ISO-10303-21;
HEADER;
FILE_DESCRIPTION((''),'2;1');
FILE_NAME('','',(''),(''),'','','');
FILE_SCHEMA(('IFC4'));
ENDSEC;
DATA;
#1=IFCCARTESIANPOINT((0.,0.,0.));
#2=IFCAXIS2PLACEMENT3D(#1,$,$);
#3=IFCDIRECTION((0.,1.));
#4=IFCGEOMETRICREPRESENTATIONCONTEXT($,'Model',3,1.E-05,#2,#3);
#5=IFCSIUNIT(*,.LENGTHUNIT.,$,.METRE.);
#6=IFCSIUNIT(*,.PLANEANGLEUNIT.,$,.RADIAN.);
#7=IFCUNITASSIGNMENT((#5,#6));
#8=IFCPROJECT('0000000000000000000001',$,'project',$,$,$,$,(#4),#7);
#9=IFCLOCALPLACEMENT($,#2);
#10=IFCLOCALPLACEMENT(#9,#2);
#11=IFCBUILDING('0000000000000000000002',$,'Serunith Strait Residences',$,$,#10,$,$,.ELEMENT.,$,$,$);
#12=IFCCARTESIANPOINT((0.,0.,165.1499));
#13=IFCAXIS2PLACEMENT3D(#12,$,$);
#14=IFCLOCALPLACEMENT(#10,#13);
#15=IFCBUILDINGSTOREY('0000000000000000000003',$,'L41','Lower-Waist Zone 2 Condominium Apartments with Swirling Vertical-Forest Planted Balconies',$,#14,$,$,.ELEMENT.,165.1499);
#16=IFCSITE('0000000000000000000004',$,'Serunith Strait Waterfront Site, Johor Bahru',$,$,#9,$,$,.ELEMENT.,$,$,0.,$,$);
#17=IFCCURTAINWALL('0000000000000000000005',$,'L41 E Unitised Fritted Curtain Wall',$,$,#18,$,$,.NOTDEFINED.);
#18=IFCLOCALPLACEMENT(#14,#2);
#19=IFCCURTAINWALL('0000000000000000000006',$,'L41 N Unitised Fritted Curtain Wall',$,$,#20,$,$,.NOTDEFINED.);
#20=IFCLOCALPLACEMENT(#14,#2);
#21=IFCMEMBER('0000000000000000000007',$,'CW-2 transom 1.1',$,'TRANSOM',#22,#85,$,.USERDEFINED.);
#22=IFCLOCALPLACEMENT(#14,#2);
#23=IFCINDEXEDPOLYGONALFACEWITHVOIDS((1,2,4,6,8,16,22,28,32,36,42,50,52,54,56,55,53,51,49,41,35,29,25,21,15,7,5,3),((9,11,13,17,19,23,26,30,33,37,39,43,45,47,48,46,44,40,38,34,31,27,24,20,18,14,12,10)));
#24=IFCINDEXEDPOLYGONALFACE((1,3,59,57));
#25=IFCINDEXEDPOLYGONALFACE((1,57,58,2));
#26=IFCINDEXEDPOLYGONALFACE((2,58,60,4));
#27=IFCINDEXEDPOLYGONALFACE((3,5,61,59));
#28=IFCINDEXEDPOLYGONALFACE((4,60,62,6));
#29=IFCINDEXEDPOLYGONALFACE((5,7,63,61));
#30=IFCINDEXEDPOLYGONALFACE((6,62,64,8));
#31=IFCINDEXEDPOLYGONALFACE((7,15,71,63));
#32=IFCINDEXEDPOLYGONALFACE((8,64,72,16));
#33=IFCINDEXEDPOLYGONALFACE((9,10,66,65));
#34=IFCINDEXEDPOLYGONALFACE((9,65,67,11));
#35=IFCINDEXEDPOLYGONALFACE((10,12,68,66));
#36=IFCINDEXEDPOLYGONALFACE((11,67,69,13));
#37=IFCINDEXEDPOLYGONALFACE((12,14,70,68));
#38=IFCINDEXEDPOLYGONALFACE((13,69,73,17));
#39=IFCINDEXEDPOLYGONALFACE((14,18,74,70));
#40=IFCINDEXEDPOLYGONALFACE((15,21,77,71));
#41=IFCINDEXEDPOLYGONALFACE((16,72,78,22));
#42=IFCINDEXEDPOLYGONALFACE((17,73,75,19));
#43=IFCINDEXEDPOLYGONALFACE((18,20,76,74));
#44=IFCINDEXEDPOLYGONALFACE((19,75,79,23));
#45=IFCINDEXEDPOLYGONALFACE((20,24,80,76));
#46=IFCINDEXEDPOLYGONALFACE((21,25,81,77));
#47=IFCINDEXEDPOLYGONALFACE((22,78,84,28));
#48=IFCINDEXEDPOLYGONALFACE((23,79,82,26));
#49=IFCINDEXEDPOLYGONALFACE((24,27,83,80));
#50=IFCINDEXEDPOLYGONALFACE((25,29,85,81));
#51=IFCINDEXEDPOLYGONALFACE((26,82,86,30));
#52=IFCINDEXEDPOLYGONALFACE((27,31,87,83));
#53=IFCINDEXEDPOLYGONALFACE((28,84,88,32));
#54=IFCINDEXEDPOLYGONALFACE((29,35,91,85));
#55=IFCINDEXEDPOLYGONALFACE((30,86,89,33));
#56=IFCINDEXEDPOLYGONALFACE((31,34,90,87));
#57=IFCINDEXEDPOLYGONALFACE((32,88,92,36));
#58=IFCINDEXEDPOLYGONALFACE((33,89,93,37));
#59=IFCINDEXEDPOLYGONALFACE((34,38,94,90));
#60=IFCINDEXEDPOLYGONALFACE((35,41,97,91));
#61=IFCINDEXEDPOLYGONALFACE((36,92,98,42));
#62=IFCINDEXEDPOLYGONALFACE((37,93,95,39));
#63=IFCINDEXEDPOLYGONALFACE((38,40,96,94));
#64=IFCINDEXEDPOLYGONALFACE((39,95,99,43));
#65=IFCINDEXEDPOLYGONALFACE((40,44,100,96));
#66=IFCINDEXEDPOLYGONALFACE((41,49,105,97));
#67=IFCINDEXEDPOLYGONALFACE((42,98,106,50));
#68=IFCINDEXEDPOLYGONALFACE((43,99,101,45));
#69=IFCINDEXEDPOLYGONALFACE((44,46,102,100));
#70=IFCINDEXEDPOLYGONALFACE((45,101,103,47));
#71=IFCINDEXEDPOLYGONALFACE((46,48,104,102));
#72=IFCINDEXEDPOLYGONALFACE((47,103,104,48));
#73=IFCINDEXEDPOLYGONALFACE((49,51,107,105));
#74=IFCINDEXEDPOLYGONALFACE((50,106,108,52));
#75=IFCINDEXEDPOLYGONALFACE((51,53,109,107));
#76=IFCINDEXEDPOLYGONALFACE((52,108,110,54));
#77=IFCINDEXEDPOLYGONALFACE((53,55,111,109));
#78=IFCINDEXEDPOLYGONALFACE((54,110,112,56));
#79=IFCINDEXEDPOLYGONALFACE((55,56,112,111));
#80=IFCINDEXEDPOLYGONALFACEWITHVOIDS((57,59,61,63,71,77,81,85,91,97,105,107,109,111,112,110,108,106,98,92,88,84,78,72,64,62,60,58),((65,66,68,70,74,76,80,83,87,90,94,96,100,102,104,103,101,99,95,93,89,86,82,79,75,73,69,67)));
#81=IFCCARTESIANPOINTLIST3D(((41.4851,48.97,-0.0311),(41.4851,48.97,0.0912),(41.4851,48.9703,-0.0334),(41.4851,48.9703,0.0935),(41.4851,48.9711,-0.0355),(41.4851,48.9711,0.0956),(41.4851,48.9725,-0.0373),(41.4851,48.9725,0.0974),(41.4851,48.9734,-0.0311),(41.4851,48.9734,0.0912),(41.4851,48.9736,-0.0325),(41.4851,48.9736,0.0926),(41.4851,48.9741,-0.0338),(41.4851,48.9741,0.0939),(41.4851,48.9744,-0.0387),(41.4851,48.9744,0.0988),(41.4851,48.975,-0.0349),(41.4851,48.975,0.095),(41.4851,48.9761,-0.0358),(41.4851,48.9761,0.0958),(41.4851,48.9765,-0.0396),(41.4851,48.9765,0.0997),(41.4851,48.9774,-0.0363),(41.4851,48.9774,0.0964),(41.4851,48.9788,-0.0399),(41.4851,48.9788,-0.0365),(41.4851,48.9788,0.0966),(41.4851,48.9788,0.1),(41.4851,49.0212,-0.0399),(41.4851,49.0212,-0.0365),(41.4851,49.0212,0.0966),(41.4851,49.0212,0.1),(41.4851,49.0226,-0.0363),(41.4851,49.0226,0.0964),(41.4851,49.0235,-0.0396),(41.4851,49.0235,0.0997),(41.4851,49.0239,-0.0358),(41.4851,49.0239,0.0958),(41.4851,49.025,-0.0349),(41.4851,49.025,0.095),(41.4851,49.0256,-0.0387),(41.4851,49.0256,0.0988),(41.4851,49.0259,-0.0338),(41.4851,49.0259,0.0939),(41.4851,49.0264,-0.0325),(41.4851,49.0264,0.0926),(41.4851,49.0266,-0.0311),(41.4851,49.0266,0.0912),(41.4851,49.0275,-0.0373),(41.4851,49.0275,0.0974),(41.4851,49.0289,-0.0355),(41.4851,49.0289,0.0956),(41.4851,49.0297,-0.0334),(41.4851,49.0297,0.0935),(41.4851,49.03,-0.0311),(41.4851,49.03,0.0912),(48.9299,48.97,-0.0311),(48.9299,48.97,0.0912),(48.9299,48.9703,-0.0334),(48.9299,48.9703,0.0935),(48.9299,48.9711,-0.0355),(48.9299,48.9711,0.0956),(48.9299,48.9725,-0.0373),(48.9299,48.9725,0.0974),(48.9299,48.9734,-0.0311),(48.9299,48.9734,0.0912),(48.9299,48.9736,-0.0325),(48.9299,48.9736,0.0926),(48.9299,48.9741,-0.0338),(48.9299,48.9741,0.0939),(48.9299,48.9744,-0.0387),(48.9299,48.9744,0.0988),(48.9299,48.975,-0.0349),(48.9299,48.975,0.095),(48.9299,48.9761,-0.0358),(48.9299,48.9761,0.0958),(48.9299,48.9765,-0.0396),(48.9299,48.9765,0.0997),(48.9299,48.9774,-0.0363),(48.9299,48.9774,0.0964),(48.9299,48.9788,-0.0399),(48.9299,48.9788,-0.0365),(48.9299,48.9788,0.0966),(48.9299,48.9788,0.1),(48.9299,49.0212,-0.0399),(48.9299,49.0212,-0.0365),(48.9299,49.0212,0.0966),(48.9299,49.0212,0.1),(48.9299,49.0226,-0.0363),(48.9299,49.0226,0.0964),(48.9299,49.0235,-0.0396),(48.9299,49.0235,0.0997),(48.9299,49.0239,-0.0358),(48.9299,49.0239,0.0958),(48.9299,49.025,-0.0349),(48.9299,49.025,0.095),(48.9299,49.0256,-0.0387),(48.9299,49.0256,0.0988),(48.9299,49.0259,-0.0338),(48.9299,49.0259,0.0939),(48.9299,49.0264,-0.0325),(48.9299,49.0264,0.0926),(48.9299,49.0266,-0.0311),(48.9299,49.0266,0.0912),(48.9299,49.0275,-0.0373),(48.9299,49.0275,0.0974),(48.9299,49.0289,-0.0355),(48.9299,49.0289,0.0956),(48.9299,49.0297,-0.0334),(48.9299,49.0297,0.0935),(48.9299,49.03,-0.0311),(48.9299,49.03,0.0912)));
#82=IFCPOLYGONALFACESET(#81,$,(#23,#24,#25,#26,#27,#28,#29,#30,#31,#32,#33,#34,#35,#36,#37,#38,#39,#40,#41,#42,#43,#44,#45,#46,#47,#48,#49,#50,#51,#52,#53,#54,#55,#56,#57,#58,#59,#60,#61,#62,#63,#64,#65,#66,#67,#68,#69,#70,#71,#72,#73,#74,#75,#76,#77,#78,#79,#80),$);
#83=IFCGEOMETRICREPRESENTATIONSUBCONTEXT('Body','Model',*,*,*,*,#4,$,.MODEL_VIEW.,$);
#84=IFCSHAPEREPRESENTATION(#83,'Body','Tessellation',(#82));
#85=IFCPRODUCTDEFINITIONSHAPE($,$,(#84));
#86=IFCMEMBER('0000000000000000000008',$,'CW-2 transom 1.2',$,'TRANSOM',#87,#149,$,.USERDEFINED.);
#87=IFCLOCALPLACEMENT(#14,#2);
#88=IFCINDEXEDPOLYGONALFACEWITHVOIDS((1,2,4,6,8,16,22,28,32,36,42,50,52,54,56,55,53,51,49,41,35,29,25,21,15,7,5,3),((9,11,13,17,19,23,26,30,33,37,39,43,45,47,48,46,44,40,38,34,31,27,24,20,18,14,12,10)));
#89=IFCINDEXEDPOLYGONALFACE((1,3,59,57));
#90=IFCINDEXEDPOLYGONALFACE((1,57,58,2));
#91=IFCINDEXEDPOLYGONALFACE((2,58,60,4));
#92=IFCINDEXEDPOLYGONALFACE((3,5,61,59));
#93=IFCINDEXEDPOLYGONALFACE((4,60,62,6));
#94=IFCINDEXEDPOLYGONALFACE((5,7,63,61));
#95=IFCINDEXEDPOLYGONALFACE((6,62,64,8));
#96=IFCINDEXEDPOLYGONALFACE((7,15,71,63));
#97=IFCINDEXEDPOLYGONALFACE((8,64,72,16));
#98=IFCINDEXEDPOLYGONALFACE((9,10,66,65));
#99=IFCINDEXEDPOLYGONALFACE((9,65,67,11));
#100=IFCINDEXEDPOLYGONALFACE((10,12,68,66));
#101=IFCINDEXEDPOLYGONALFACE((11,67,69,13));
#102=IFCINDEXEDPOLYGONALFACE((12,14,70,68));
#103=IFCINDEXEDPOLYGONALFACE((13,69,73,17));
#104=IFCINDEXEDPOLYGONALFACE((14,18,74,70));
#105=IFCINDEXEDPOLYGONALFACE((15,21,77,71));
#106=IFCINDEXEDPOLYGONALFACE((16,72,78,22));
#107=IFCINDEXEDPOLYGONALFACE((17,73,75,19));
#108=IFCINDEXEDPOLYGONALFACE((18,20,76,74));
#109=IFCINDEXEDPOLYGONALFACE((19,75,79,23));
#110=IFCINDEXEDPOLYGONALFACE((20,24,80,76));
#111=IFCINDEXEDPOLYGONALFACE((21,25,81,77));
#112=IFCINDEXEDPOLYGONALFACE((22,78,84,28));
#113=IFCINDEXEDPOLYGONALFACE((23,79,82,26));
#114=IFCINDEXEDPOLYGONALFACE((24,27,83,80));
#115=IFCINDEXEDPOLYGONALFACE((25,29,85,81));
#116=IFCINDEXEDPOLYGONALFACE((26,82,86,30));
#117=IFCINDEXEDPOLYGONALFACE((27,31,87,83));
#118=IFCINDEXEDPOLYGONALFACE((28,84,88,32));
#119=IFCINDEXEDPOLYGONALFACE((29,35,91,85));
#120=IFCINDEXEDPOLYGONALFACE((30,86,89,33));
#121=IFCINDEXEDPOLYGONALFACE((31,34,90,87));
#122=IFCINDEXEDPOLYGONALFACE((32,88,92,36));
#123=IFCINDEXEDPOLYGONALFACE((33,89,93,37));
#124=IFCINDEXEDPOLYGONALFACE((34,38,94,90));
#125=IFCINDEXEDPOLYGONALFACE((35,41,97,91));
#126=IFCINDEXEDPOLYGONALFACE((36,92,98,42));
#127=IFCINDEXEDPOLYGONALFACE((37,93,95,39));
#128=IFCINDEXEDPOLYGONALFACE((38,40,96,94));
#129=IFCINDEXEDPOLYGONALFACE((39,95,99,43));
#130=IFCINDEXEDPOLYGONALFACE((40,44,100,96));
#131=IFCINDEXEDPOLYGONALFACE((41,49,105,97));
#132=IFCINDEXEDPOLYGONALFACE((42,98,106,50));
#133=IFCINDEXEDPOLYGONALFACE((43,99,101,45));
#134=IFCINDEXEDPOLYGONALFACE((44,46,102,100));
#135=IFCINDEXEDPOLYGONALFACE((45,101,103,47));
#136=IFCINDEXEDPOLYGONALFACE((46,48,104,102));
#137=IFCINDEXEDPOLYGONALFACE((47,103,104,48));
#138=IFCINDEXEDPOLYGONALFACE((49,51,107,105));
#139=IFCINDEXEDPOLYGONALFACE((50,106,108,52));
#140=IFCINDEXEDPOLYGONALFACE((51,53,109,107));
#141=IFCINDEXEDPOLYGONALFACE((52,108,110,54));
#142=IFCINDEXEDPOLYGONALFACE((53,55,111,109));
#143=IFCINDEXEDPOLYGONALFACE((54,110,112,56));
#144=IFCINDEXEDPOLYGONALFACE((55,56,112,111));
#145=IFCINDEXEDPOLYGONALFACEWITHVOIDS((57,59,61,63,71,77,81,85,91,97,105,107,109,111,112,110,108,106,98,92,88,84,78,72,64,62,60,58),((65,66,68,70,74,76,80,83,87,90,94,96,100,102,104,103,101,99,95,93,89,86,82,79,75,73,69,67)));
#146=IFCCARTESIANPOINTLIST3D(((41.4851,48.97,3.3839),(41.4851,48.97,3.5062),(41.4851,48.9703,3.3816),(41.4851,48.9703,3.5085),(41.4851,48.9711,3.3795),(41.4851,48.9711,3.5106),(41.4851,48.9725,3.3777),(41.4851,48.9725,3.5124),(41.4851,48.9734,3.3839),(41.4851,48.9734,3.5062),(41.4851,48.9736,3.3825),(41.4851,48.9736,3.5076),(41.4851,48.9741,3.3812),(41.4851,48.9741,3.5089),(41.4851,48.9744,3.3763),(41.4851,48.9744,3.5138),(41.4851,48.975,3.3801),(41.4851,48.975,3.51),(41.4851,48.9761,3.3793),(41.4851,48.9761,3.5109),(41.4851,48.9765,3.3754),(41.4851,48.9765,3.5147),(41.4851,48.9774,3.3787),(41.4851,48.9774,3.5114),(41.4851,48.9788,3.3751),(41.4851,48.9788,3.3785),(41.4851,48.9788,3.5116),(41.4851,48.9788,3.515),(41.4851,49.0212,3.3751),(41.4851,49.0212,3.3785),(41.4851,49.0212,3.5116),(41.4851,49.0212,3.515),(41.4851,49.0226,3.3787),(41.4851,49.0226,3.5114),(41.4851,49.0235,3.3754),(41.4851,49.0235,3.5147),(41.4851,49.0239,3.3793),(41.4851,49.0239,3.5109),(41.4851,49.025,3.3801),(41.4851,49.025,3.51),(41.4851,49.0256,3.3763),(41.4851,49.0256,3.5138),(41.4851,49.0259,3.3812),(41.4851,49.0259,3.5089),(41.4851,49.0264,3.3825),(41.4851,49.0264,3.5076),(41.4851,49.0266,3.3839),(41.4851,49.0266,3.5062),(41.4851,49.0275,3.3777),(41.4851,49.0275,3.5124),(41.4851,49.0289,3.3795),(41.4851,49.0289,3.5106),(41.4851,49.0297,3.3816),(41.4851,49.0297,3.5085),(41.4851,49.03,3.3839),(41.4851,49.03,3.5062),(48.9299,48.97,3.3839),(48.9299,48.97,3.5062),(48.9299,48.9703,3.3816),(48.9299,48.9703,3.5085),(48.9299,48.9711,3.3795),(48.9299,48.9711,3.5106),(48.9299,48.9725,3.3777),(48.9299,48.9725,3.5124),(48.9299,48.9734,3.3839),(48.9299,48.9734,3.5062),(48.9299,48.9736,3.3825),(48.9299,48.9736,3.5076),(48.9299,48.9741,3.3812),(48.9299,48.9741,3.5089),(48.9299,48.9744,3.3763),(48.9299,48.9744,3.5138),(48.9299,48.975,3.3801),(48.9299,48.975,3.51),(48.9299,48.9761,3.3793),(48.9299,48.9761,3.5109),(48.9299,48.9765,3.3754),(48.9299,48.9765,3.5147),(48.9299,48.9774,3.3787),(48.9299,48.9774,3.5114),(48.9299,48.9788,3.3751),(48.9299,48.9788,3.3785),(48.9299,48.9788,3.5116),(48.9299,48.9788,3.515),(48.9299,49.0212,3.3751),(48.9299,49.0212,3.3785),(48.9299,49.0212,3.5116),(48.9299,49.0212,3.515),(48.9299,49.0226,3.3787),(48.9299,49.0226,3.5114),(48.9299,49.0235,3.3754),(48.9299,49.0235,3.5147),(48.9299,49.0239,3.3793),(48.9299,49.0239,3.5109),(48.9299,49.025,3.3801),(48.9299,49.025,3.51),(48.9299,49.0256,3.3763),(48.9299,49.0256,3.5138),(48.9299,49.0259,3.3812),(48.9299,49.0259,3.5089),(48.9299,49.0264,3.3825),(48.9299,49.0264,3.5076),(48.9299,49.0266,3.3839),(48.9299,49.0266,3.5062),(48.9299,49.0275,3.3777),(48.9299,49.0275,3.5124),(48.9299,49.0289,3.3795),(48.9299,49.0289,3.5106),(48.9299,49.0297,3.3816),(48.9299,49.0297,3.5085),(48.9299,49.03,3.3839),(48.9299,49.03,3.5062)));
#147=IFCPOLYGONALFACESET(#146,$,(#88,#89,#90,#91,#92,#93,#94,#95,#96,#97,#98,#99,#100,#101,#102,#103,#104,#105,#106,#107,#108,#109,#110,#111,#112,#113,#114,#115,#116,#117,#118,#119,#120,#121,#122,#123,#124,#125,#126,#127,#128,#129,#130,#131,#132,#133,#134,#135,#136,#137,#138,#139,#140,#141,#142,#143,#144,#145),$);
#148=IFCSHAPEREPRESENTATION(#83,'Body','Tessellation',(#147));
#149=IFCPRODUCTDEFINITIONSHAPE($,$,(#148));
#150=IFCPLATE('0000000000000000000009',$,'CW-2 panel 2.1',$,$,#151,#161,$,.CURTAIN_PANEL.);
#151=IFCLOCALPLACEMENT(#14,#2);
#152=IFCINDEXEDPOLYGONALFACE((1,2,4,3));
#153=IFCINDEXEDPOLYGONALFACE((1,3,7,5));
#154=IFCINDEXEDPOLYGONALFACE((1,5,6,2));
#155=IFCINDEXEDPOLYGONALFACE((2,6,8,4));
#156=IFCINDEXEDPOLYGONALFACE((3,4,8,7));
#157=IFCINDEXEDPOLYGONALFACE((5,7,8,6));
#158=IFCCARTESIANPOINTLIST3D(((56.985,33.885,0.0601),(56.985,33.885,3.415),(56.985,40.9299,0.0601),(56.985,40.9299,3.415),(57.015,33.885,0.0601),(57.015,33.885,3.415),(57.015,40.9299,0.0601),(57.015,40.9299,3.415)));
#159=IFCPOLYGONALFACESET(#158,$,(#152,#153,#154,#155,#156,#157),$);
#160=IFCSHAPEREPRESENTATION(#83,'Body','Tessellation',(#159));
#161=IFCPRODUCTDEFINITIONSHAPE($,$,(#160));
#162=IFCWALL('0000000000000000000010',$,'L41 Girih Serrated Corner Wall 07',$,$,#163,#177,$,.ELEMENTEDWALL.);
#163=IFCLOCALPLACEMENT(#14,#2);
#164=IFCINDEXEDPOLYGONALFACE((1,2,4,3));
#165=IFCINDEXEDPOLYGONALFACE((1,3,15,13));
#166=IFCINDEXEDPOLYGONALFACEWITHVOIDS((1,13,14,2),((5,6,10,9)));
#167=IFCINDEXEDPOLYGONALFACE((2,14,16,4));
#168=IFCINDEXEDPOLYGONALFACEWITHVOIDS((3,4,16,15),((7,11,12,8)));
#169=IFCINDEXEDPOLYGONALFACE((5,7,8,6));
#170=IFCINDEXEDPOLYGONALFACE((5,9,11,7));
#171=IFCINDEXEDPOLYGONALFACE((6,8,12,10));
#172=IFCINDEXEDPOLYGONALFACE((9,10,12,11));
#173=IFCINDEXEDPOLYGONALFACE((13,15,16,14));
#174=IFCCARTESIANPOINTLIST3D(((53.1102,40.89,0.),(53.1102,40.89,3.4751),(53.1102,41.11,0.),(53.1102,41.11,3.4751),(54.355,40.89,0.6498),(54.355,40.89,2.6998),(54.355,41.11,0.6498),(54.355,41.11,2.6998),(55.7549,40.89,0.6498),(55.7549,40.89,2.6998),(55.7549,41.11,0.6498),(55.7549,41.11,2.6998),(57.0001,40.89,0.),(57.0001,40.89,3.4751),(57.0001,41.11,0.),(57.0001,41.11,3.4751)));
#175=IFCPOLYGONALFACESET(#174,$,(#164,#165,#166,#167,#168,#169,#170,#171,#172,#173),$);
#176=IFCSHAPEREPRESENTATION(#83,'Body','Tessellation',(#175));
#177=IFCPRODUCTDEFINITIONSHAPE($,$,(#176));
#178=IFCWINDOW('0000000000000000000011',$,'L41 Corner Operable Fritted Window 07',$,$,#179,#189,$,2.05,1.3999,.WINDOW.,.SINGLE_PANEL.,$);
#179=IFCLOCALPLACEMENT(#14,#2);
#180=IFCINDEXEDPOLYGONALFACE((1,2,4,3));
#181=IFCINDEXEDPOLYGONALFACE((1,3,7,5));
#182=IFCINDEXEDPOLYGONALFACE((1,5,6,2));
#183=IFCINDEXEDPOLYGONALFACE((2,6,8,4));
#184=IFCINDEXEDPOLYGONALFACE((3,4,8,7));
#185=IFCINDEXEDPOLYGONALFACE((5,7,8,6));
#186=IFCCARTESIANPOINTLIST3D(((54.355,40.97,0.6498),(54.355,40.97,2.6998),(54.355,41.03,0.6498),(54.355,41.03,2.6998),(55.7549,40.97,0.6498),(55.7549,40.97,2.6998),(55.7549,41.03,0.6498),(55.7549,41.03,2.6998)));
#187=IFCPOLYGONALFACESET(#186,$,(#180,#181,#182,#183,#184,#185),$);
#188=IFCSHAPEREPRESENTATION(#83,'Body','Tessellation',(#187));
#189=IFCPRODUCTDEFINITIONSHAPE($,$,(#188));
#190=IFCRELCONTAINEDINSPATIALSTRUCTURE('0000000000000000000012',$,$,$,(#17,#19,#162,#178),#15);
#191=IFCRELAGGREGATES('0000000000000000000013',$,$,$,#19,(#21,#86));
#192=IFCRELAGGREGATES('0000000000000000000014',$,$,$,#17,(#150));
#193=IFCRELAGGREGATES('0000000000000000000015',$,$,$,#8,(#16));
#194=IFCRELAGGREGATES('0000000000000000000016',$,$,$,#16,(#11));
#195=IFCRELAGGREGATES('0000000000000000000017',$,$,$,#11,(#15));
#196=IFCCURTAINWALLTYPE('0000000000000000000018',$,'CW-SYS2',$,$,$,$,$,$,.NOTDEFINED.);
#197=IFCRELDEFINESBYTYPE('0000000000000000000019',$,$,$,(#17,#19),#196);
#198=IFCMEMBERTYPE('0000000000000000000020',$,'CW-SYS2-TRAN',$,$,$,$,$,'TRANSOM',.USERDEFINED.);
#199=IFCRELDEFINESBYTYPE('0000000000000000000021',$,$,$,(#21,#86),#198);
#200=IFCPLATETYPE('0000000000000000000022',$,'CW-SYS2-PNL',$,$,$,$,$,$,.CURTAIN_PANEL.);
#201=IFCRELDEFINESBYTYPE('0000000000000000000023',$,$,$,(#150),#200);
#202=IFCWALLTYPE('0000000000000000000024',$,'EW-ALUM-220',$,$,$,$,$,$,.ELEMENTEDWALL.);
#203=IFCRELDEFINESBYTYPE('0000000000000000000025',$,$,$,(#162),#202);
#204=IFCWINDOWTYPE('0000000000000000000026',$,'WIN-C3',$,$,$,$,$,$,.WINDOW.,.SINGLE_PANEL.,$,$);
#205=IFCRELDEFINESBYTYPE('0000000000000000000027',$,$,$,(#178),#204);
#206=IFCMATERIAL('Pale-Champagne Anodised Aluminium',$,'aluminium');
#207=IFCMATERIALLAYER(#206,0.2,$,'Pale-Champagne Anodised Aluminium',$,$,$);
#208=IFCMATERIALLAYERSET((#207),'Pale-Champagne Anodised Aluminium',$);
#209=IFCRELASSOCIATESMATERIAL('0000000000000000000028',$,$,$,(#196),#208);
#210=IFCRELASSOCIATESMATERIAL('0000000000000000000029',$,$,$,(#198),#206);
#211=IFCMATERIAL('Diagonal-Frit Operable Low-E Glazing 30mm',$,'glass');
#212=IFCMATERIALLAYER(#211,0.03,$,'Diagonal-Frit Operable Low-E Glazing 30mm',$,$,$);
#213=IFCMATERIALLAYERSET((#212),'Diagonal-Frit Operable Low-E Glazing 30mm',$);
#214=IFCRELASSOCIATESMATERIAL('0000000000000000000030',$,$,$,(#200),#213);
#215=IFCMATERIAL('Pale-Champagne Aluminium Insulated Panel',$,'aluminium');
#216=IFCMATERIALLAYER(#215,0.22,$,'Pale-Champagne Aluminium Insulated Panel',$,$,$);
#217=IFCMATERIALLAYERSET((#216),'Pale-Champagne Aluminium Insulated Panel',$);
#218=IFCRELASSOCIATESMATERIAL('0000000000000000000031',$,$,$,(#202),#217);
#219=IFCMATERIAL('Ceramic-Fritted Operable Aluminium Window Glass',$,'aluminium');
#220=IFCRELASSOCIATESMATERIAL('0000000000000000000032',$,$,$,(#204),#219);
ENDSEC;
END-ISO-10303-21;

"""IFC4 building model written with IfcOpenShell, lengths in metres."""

from ifc_helpers import new_model, si_unit, direction, frame, frame_2d, origin, origin_2d, place, context, subcontext, project, spatial, rectangle, hollow_rectangle, extrude, source, transform, mapped, material, layer, layer_set, material_profile, profile_set, type_object, element, fill, aggregate, save


model = new_model("IFC4")

# Units and contexts
model_context = context("Model", 3, precision=1e-05, world=origin(), true_north=direction((0.0, 1.0)))
body_context = subcontext(model_context, "Body", "Model", "MODEL_VIEW")
ifc_project = project(units=[si_unit("LENGTHUNIT", "METRE"), si_unit("PLANEANGLEUNIT", "RADIAN")], contexts=[model_context])

# Site, building, storey
site_placement = place(None, origin())
site = spatial("IfcSite", under=ifc_project, at=site_placement, Name="Serunith Strait Waterfront Site, Johor Bahru", CompositionType="ELEMENT", RefElevation=0.0)
building_placement = place(site_placement, origin())
building = spatial("IfcBuilding", under=site, at=building_placement, Name="Serunith Strait Residences", CompositionType="ELEMENT")
storey_placement = place(building_placement, frame((0.0, 0.0, 165.1499)))
storey = spatial("IfcBuildingStorey", under=building, at=storey_placement, Name="L41", Description="Lower-Waist Zone 2 Condominium Apartments with Swirling Vertical-Forest Planted Balconies", CompositionType="ELEMENT", Elevation=165.1499)

# Curtain wall
ifc_material_1 = material(Name="Pale-Champagne Anodised Aluminium", Category="aluminium")
ifc_layer_1 = layer(ifc_material_1, 0.2, Name="Pale-Champagne Anodised Aluminium")
ifc_layer_set_1 = layer_set([ifc_layer_1], Name="Pale-Champagne Anodised Aluminium")
curtain_wall_type = type_object("IfcCurtainWallType", Name="CW-SYS2", PredefinedType="NOTDEFINED", material=ifc_layer_set_1)
curtain_wall_1_placement = place(storey_placement, origin())
curtain_wall_1 = element("IfcCurtainWall", 1, at=curtain_wall_1_placement, inside=storey, type_object=curtain_wall_type, Name="L41 E Unitised Fritted Curtain Wall", PredefinedType="NOTDEFINED")

# Curtain wall, members
curtain_wall_2_placement = place(storey_placement, origin())
curtain_wall_2 = element("IfcCurtainWall", 2, at=curtain_wall_2_placement, inside=storey, type_object=curtain_wall_type, Name="L41 N Unitised Fritted Curtain Wall", PredefinedType="NOTDEFINED")
ifc_material_profile_1 = material_profile(ifc_material_1, hollow_rectangle(XDim=0.0601, YDim=0.1399, WallThickness=0.0034, InnerFilletRadius=0.0054, OuterFilletRadius=0.0088, at=origin_2d()), Name="ALU 140x60x3.5")
ifc_profile_set_1 = profile_set([ifc_material_profile_1], Name="Pale-Champagne Anodised Aluminium")
member_type_1 = type_object("IfcMemberType", Name="CW-SYS2-TRAN", ElementType="TRANSOM", PredefinedType="USERDEFINED", material=ifc_profile_set_1)
shared_shape_1 = source(origin(), body_context, "Body", "SweptSolid", [
    extrude(hollow_rectangle(XDim=0.0601, YDim=0.1399, WallThickness=0.0034, InnerFilletRadius=0.0054, OuterFilletRadius=0.0088, at=origin_2d()), origin(), (0.0, 0.0, 1.0), 7.4448),
])
member_1_placement = place(storey_placement, frame((48.9299, 49.0, 0.03), z_axis=(-1.0, 0.0, 0.0), x_axis=(0.0, -1.0, 0.0)))
member_1 = element("IfcMember", 3, at=member_1_placement, type_object=member_type_1, Name="CW-2 transom 1.1", ObjectType="TRANSOM", PredefinedType="USERDEFINED", context=body_context, shape_type="MappedRepresentation", body=[
    mapped(shared_shape_1, transform((0.0, 0.0, 0.0), scale=1.0)),
])
member_2_placement = place(storey_placement, frame((48.9299, 49.0, 3.4451), z_axis=(-1.0, 0.0, 0.0), x_axis=(0.0, -1.0, 0.0)))
member_2 = element("IfcMember", 4, at=member_2_placement, type_object=member_type_1, Name="CW-2 transom 1.2", ObjectType="TRANSOM", PredefinedType="USERDEFINED", context=body_context, shape_type="MappedRepresentation", body=[
    mapped(shared_shape_1, transform((0.0, 0.0, 0.0), scale=1.0)),
])
aggregate(curtain_wall_2, [member_1, member_2])

# Plate
ifc_material_2 = material(Name="Diagonal-Frit Operable Low-E Glazing 30mm", Category="glass")
ifc_layer_2 = layer(ifc_material_2, 0.03, Name="Diagonal-Frit Operable Low-E Glazing 30mm")
ifc_layer_set_2 = layer_set([ifc_layer_2], Name="Diagonal-Frit Operable Low-E Glazing 30mm")
plate_type = type_object("IfcPlateType", Name="CW-SYS2-PNL", PredefinedType="CURTAIN_PANEL", material=ifc_layer_set_2)
shared_shape_2 = source(origin(), body_context, "Body", "SweptSolid", [
    extrude(rectangle(XDim=7.0449, YDim=0.03, at=origin_2d()), origin(), (0.0, 0.0, 1.0), 3.355),
])
plate_placement = place(storey_placement, frame((57.0, 37.4075, 0.0601), z_axis=(0.0, 0.0, 1.0), x_axis=(0.0, 1.0, 0.0)))
plate = element("IfcPlate", 5, at=plate_placement, type_object=plate_type, Name="CW-2 panel 2.1", PredefinedType="CURTAIN_PANEL", context=body_context, shape_type="MappedRepresentation", body=[
    mapped(shared_shape_2, transform((0.0, 0.0, 0.0), scale=1.0)),
])
aggregate(curtain_wall_1, [plate])

# Wall, opening, window
ifc_material_3 = material(Name="Pale-Champagne Aluminium Insulated Panel", Category="aluminium")
ifc_layer_3 = layer(ifc_material_3, 0.22, Name="Pale-Champagne Aluminium Insulated Panel")
ifc_layer_set_3 = layer_set([ifc_layer_3], Name="Pale-Champagne Aluminium Insulated Panel")
wall_type_1 = type_object("IfcWallType", Name="EW-ALUM-220", PredefinedType="ELEMENTEDWALL", material=ifc_layer_set_3)
wall_1_placement = place(storey_placement, frame((57.0, 41.0, 0.0), z_axis=(0.0, 0.0, 1.0), x_axis=(-1.0, 0.0, 0.0)))
wall_1 = element("IfcWall", 6, at=wall_1_placement, inside=storey, type_object=wall_type_1, Name="L41 Girih Serrated Corner Wall 07", PredefinedType="ELEMENTEDWALL", context=body_context, shape_type="SweptSolid", body=[
    extrude(rectangle(XDim=3.8899, YDim=0.22, at=frame_2d((1.9448, 0.0))), origin(), (0.0, 0.0, 1.0), 3.4751),
])
opening_1_placement = place(wall_1_placement, frame((1.2451, 0.0, 0.6499)))
opening_1 = element("IfcOpeningElement", 7, at=opening_1_placement, cuts=wall_1, PredefinedType="OPENING", context=body_context, shape_type="SweptSolid", body=[
    extrude(rectangle(XDim=1.3999, YDim=2.05, at=frame_2d((0.7, 1.0249))), frame((0.0, 0.1201, 0.0), z_axis=(0.0, -1.0, 0.0), x_axis=(1.0, 0.0, 0.0)), (0.0, 0.0, 1.0), 0.24),
])
ifc_material_4 = material(Name="Ceramic-Fritted Operable Aluminium Window Glass", Category="aluminium")
window_type = type_object("IfcWindowType", Name="WIN-C3", PartitioningType="SINGLE_PANEL", PredefinedType="WINDOW", material=ifc_material_4)
shared_shape_3 = source(origin(), body_context, "Body", "SweptSolid", [
    extrude(rectangle(XDim=1.3999, YDim=2.05, at=frame_2d((0.7, 1.0249))), frame((0.0, 0.03, 0.0), z_axis=(0.0, -1.0, 0.0), x_axis=(1.0, 0.0, 0.0)), (0.0, 0.0, 1.0), 0.0601),
])
window_1_placement = place(opening_1_placement, origin())
window_1 = element("IfcWindow", 8, at=window_1_placement, inside=storey, type_object=window_type, Name="L41 Corner Operable Fritted Window 07", OverallHeight=2.05, OverallWidth=1.3999, PartitioningType="SINGLE_PANEL", PredefinedType="WINDOW", context=body_context, shape_type="MappedRepresentation", body=[
    mapped(shared_shape_3, transform((0.0, 0.0, 0.0), scale=1.0)),
])
fill(opening_1, window_1)

save(model, "model.ifc")
